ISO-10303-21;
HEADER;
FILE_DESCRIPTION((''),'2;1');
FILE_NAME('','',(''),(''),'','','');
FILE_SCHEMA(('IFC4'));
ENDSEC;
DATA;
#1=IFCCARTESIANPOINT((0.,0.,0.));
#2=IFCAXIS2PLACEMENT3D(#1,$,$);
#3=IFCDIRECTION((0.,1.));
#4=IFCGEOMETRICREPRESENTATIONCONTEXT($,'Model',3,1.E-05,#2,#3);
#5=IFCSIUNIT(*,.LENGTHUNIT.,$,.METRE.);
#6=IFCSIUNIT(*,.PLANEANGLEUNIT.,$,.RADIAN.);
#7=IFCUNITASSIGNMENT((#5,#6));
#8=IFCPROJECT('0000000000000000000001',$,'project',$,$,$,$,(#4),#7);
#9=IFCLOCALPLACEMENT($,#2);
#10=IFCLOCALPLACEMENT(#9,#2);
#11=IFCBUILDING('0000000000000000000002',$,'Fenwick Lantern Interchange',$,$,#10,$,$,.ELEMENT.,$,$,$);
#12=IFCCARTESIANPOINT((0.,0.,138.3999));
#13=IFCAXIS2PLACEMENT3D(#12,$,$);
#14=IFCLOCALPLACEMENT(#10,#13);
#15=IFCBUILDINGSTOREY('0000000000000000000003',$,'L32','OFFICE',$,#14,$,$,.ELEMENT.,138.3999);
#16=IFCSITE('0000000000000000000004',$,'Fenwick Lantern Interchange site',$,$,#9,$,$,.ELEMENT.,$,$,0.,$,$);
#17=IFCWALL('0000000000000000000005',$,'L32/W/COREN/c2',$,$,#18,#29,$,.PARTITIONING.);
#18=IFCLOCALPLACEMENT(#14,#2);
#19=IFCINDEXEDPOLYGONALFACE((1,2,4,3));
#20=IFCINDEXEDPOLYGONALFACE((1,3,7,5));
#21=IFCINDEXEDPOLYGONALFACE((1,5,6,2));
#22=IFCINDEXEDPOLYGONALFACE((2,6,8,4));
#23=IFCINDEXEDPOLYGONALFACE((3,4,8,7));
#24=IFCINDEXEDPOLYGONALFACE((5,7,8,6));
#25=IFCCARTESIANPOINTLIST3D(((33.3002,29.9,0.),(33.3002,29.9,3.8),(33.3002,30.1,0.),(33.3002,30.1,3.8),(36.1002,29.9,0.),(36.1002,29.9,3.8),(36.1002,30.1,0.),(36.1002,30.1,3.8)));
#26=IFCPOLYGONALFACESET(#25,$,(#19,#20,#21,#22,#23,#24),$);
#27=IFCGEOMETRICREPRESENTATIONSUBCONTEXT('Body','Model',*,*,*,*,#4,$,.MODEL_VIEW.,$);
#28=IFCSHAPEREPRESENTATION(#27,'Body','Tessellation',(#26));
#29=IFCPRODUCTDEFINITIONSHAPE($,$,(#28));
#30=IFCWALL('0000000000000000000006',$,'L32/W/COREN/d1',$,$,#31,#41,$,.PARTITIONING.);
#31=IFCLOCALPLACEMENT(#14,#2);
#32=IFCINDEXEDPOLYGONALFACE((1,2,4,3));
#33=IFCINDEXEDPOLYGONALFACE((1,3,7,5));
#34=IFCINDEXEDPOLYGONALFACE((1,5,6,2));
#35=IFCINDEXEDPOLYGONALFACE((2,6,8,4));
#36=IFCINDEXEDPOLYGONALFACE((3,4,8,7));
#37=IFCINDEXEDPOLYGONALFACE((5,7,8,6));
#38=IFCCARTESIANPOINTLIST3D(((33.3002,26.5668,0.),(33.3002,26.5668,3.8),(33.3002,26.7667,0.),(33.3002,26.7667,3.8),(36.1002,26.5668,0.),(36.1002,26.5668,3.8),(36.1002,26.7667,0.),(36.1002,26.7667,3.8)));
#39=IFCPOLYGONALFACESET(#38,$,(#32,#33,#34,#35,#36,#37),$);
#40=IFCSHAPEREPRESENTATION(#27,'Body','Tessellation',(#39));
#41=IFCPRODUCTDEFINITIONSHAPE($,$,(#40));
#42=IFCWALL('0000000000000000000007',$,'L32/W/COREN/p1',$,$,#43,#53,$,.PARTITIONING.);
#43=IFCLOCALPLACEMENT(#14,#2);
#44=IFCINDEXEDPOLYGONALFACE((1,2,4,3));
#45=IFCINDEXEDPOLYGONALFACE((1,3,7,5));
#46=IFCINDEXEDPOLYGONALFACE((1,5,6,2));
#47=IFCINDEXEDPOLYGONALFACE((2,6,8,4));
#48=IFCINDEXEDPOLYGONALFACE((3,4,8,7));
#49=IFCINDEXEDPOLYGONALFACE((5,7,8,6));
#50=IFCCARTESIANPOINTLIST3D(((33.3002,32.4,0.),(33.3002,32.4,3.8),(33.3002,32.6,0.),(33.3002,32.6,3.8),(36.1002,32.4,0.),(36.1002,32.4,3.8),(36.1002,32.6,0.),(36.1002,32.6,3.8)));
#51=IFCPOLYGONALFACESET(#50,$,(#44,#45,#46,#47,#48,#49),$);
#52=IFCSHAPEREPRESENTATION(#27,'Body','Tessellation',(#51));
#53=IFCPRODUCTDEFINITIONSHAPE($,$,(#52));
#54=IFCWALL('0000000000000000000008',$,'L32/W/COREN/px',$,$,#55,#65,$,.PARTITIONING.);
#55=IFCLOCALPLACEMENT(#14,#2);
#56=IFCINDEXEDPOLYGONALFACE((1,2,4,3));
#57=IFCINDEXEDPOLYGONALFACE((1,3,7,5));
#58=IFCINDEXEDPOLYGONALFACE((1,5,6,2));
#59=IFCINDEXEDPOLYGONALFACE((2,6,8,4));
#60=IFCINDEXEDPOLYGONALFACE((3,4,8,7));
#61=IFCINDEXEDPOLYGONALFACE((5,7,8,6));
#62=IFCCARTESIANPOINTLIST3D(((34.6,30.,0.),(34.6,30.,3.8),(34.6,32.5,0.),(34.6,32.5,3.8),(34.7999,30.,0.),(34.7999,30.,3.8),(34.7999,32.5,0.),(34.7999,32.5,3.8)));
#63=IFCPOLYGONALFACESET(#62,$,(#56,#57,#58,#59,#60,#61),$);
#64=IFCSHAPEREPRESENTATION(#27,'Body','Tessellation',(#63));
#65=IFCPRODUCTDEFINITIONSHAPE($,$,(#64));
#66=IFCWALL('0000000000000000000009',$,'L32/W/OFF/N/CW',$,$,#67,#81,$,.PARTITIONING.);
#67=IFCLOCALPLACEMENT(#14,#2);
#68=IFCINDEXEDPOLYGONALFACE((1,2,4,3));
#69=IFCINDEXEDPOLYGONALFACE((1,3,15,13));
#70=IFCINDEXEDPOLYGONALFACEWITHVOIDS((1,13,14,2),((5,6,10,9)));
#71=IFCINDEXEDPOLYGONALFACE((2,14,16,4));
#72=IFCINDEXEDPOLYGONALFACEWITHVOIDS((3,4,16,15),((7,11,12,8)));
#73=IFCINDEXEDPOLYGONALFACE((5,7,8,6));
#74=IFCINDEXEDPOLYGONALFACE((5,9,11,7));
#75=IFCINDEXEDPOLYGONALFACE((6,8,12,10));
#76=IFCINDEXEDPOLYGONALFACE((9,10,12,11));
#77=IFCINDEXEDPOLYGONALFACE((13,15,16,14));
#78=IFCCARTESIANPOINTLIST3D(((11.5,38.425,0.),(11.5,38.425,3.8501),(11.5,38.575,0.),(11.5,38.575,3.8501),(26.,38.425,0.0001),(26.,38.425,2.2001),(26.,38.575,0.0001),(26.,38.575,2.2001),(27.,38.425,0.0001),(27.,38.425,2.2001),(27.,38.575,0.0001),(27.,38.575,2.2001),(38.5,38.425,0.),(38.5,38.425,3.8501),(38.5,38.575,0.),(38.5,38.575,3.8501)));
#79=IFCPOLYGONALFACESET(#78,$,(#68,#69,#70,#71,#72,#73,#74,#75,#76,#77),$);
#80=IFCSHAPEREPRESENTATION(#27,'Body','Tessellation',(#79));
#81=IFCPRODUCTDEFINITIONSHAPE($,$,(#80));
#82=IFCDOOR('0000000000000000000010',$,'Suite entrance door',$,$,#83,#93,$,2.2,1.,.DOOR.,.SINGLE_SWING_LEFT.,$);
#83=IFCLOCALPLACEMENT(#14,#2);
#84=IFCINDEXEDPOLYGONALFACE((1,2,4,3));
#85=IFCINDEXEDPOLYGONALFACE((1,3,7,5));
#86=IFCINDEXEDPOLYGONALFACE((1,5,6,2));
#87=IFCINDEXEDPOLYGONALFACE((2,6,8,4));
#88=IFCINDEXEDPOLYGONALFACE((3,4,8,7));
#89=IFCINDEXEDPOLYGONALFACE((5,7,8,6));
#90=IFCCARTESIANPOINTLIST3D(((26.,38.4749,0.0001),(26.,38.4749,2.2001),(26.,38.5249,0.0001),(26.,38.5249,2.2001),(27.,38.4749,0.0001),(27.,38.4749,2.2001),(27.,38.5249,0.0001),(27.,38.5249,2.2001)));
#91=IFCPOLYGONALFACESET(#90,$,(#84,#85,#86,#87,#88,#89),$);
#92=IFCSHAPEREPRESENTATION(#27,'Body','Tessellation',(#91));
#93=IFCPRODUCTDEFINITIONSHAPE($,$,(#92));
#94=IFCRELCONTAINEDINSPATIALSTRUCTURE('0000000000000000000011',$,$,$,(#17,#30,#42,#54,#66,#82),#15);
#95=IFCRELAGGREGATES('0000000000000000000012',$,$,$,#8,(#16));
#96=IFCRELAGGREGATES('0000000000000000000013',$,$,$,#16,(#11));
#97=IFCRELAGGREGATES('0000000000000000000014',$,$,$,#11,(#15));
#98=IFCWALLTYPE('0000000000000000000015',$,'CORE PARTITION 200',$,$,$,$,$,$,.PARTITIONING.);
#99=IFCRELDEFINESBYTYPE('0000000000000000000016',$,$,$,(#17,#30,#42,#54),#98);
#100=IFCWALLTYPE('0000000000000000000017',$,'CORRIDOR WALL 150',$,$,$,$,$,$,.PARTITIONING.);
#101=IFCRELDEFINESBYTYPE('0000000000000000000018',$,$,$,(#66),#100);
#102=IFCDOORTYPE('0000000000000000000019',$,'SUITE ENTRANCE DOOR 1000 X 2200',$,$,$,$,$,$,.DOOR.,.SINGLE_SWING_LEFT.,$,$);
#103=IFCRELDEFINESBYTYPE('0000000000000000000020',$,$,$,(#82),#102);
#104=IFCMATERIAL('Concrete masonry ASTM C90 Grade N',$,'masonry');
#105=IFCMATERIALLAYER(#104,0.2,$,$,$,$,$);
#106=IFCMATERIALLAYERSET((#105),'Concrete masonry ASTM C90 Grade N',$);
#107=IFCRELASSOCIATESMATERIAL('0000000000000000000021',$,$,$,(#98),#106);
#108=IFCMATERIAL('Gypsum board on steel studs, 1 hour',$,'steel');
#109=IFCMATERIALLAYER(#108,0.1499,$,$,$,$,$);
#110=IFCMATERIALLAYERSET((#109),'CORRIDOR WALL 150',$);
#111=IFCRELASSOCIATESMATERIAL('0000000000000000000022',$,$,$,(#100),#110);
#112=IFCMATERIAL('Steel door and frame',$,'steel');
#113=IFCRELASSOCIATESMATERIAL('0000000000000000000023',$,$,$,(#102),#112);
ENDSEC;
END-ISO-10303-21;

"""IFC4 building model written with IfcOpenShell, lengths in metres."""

from ifc_helpers import new_model, si_unit, direction, frame, frame_2d, origin, place, context, subcontext, project, spatial, rectangle, extrude, material, layer, layer_set, type_object, element, fill, save


model = new_model("IFC4")

# Units and contexts
model_context = context("Model", 3, precision=1e-05, world=origin(), true_north=direction((0.0, 1.0)))
body_context = subcontext(model_context, "Body", "Model", "MODEL_VIEW")
ifc_project = project(units=[si_unit("LENGTHUNIT", "METRE"), si_unit("PLANEANGLEUNIT", "RADIAN")], contexts=[model_context])

# Site, building, storey
site_placement = place(None, origin())
site = spatial("IfcSite", under=ifc_project, at=site_placement, Name="Fenwick Lantern Interchange site", CompositionType="ELEMENT", RefElevation=0.0)
building_placement = place(site_placement, origin())
building = spatial("IfcBuilding", under=site, at=building_placement, Name="Fenwick Lantern Interchange", CompositionType="ELEMENT")
storey_placement = place(building_placement, frame((0.0, 0.0, 138.3999)))
storey = spatial("IfcBuildingStorey", under=building, at=storey_placement, Name="L32", Description="OFFICE", CompositionType="ELEMENT", Elevation=138.3999)

# Shared definitions
ifc_material_1 = material(Name="Concrete masonry ASTM C90 Grade N", Category="masonry")
ifc_layer_1 = layer(ifc_material_1, 0.2)
ifc_layer_set_1 = layer_set([ifc_layer_1], Name="Concrete masonry ASTM C90 Grade N")
wall_type_1 = type_object("IfcWallType", Name="CORE PARTITION 200", PredefinedType="PARTITIONING", material=ifc_layer_set_1)
ifc_material_2 = material(Name="Steel door and frame", Category="steel")

# Walls
for number, where, z_axis, x_axis, name in (
    (1, (36.1001, 30.0, 0.0), (0.0, 0.0, 1.0), (-1.0, 0.0, 0.0), "L32/W/COREN/c2"),
    (2, (36.1001, 26.6667, 0.0), (0.0, 0.0, 1.0), (-1.0, 0.0, 0.0), "L32/W/COREN/d1"),
    (3, (36.1001, 32.5, 0.0), (0.0, 0.0, 1.0), (-1.0, 0.0, 0.0), "L32/W/COREN/p1"),
):
    element("IfcWall", number, at=place(storey_placement, frame(where, z_axis=z_axis, x_axis=x_axis)), inside=storey, type_object=wall_type_1, Name=name, PredefinedType="PARTITIONING", context=body_context, shape_type="SweptSolid", body=[
        extrude(rectangle(XDim=2.8, YDim=0.2, at=frame_2d((1.3999, 0.0))), origin(), (0.0, 0.0, 1.0), 3.8),
    ])
wall_1_placement = place(storey_placement, frame((34.7, 32.5, 0.0), z_axis=(0.0, 0.0, 1.0), x_axis=(0.0, -1.0, 0.0)))
element("IfcWall", 4, at=wall_1_placement, inside=storey, type_object=wall_type_1, Name="L32/W/COREN/px", PredefinedType="PARTITIONING", context=body_context, shape_type="SweptSolid", body=[
    extrude(rectangle(XDim=2.5, YDim=0.2, at=frame_2d((1.25, 0.0))), origin(), (0.0, 0.0, 1.0), 3.8),
])

# Wall, opening, door
ifc_material_3 = material(Name="Gypsum board on steel studs, 1 hour", Category="steel")
ifc_layer_2 = layer(ifc_material_3, 0.1499)
ifc_layer_set_2 = layer_set([ifc_layer_2], Name="CORRIDOR WALL 150")
wall_type_2 = type_object("IfcWallType", Name="CORRIDOR WALL 150", PredefinedType="PARTITIONING", material=ifc_layer_set_2)
wall_2_placement = place(storey_placement, frame((38.5, 38.5, 0.0), z_axis=(0.0, 0.0, 1.0), x_axis=(-1.0, 0.0, 0.0)))
wall_2 = element("IfcWall", 5, at=wall_2_placement, inside=storey, type_object=wall_type_2, Name="L32/W/OFF/N/CW", PredefinedType="PARTITIONING", context=body_context, shape_type="SweptSolid", body=[
    extrude(rectangle(XDim=27.0, YDim=0.1499, at=frame_2d((13.5, 0.0))), origin(), (0.0, 0.0, 1.0), 3.8501),
])
opening_1_placement = place(wall_2_placement, frame((11.5, 0.0, 0.0)))
opening_1 = element("IfcOpeningElement", 6, at=opening_1_placement, cuts=wall_2, PredefinedType="OPENING", context=body_context, shape_type="SweptSolid", body=[
    extrude(rectangle(XDim=1.0, YDim=2.2, at=frame_2d((0.5, 1.1001))), frame((0.0, 0.085, 0.0), z_axis=(0.0, -1.0, 0.0), x_axis=(1.0, 0.0, 0.0)), (0.0, 0.0, 1.0), 0.1699),
])
door_type_1 = type_object("IfcDoorType", Name="SUITE ENTRANCE DOOR 1000 X 2200", OperationType="SINGLE_SWING_LEFT", PredefinedType="DOOR", material=ifc_material_2)
door_1_placement = place(opening_1_placement, frame((1.0, 0.0, 0.0), z_axis=(0.0, 0.0, 1.0), x_axis=(-1.0, 0.0, 0.0)))
door_1 = element("IfcDoor", 7, at=door_1_placement, inside=storey, type_object=door_type_1, Name="Suite entrance door", OperationType="SINGLE_SWING_LEFT", OverallHeight=2.2, OverallWidth=1.0, PredefinedType="DOOR", context=body_context, shape_type="SweptSolid", body=[
    extrude(rectangle(XDim=1.0, YDim=2.2, at=frame_2d((0.5, 1.1001))), frame((0.0, 0.0249, 0.0), z_axis=(0.0, -1.0, 0.0), x_axis=(1.0, 0.0, 0.0)), (0.0, 0.0, 1.0), 0.05),
])
fill(opening_1, door_1)

save(model, "model.ifc")
